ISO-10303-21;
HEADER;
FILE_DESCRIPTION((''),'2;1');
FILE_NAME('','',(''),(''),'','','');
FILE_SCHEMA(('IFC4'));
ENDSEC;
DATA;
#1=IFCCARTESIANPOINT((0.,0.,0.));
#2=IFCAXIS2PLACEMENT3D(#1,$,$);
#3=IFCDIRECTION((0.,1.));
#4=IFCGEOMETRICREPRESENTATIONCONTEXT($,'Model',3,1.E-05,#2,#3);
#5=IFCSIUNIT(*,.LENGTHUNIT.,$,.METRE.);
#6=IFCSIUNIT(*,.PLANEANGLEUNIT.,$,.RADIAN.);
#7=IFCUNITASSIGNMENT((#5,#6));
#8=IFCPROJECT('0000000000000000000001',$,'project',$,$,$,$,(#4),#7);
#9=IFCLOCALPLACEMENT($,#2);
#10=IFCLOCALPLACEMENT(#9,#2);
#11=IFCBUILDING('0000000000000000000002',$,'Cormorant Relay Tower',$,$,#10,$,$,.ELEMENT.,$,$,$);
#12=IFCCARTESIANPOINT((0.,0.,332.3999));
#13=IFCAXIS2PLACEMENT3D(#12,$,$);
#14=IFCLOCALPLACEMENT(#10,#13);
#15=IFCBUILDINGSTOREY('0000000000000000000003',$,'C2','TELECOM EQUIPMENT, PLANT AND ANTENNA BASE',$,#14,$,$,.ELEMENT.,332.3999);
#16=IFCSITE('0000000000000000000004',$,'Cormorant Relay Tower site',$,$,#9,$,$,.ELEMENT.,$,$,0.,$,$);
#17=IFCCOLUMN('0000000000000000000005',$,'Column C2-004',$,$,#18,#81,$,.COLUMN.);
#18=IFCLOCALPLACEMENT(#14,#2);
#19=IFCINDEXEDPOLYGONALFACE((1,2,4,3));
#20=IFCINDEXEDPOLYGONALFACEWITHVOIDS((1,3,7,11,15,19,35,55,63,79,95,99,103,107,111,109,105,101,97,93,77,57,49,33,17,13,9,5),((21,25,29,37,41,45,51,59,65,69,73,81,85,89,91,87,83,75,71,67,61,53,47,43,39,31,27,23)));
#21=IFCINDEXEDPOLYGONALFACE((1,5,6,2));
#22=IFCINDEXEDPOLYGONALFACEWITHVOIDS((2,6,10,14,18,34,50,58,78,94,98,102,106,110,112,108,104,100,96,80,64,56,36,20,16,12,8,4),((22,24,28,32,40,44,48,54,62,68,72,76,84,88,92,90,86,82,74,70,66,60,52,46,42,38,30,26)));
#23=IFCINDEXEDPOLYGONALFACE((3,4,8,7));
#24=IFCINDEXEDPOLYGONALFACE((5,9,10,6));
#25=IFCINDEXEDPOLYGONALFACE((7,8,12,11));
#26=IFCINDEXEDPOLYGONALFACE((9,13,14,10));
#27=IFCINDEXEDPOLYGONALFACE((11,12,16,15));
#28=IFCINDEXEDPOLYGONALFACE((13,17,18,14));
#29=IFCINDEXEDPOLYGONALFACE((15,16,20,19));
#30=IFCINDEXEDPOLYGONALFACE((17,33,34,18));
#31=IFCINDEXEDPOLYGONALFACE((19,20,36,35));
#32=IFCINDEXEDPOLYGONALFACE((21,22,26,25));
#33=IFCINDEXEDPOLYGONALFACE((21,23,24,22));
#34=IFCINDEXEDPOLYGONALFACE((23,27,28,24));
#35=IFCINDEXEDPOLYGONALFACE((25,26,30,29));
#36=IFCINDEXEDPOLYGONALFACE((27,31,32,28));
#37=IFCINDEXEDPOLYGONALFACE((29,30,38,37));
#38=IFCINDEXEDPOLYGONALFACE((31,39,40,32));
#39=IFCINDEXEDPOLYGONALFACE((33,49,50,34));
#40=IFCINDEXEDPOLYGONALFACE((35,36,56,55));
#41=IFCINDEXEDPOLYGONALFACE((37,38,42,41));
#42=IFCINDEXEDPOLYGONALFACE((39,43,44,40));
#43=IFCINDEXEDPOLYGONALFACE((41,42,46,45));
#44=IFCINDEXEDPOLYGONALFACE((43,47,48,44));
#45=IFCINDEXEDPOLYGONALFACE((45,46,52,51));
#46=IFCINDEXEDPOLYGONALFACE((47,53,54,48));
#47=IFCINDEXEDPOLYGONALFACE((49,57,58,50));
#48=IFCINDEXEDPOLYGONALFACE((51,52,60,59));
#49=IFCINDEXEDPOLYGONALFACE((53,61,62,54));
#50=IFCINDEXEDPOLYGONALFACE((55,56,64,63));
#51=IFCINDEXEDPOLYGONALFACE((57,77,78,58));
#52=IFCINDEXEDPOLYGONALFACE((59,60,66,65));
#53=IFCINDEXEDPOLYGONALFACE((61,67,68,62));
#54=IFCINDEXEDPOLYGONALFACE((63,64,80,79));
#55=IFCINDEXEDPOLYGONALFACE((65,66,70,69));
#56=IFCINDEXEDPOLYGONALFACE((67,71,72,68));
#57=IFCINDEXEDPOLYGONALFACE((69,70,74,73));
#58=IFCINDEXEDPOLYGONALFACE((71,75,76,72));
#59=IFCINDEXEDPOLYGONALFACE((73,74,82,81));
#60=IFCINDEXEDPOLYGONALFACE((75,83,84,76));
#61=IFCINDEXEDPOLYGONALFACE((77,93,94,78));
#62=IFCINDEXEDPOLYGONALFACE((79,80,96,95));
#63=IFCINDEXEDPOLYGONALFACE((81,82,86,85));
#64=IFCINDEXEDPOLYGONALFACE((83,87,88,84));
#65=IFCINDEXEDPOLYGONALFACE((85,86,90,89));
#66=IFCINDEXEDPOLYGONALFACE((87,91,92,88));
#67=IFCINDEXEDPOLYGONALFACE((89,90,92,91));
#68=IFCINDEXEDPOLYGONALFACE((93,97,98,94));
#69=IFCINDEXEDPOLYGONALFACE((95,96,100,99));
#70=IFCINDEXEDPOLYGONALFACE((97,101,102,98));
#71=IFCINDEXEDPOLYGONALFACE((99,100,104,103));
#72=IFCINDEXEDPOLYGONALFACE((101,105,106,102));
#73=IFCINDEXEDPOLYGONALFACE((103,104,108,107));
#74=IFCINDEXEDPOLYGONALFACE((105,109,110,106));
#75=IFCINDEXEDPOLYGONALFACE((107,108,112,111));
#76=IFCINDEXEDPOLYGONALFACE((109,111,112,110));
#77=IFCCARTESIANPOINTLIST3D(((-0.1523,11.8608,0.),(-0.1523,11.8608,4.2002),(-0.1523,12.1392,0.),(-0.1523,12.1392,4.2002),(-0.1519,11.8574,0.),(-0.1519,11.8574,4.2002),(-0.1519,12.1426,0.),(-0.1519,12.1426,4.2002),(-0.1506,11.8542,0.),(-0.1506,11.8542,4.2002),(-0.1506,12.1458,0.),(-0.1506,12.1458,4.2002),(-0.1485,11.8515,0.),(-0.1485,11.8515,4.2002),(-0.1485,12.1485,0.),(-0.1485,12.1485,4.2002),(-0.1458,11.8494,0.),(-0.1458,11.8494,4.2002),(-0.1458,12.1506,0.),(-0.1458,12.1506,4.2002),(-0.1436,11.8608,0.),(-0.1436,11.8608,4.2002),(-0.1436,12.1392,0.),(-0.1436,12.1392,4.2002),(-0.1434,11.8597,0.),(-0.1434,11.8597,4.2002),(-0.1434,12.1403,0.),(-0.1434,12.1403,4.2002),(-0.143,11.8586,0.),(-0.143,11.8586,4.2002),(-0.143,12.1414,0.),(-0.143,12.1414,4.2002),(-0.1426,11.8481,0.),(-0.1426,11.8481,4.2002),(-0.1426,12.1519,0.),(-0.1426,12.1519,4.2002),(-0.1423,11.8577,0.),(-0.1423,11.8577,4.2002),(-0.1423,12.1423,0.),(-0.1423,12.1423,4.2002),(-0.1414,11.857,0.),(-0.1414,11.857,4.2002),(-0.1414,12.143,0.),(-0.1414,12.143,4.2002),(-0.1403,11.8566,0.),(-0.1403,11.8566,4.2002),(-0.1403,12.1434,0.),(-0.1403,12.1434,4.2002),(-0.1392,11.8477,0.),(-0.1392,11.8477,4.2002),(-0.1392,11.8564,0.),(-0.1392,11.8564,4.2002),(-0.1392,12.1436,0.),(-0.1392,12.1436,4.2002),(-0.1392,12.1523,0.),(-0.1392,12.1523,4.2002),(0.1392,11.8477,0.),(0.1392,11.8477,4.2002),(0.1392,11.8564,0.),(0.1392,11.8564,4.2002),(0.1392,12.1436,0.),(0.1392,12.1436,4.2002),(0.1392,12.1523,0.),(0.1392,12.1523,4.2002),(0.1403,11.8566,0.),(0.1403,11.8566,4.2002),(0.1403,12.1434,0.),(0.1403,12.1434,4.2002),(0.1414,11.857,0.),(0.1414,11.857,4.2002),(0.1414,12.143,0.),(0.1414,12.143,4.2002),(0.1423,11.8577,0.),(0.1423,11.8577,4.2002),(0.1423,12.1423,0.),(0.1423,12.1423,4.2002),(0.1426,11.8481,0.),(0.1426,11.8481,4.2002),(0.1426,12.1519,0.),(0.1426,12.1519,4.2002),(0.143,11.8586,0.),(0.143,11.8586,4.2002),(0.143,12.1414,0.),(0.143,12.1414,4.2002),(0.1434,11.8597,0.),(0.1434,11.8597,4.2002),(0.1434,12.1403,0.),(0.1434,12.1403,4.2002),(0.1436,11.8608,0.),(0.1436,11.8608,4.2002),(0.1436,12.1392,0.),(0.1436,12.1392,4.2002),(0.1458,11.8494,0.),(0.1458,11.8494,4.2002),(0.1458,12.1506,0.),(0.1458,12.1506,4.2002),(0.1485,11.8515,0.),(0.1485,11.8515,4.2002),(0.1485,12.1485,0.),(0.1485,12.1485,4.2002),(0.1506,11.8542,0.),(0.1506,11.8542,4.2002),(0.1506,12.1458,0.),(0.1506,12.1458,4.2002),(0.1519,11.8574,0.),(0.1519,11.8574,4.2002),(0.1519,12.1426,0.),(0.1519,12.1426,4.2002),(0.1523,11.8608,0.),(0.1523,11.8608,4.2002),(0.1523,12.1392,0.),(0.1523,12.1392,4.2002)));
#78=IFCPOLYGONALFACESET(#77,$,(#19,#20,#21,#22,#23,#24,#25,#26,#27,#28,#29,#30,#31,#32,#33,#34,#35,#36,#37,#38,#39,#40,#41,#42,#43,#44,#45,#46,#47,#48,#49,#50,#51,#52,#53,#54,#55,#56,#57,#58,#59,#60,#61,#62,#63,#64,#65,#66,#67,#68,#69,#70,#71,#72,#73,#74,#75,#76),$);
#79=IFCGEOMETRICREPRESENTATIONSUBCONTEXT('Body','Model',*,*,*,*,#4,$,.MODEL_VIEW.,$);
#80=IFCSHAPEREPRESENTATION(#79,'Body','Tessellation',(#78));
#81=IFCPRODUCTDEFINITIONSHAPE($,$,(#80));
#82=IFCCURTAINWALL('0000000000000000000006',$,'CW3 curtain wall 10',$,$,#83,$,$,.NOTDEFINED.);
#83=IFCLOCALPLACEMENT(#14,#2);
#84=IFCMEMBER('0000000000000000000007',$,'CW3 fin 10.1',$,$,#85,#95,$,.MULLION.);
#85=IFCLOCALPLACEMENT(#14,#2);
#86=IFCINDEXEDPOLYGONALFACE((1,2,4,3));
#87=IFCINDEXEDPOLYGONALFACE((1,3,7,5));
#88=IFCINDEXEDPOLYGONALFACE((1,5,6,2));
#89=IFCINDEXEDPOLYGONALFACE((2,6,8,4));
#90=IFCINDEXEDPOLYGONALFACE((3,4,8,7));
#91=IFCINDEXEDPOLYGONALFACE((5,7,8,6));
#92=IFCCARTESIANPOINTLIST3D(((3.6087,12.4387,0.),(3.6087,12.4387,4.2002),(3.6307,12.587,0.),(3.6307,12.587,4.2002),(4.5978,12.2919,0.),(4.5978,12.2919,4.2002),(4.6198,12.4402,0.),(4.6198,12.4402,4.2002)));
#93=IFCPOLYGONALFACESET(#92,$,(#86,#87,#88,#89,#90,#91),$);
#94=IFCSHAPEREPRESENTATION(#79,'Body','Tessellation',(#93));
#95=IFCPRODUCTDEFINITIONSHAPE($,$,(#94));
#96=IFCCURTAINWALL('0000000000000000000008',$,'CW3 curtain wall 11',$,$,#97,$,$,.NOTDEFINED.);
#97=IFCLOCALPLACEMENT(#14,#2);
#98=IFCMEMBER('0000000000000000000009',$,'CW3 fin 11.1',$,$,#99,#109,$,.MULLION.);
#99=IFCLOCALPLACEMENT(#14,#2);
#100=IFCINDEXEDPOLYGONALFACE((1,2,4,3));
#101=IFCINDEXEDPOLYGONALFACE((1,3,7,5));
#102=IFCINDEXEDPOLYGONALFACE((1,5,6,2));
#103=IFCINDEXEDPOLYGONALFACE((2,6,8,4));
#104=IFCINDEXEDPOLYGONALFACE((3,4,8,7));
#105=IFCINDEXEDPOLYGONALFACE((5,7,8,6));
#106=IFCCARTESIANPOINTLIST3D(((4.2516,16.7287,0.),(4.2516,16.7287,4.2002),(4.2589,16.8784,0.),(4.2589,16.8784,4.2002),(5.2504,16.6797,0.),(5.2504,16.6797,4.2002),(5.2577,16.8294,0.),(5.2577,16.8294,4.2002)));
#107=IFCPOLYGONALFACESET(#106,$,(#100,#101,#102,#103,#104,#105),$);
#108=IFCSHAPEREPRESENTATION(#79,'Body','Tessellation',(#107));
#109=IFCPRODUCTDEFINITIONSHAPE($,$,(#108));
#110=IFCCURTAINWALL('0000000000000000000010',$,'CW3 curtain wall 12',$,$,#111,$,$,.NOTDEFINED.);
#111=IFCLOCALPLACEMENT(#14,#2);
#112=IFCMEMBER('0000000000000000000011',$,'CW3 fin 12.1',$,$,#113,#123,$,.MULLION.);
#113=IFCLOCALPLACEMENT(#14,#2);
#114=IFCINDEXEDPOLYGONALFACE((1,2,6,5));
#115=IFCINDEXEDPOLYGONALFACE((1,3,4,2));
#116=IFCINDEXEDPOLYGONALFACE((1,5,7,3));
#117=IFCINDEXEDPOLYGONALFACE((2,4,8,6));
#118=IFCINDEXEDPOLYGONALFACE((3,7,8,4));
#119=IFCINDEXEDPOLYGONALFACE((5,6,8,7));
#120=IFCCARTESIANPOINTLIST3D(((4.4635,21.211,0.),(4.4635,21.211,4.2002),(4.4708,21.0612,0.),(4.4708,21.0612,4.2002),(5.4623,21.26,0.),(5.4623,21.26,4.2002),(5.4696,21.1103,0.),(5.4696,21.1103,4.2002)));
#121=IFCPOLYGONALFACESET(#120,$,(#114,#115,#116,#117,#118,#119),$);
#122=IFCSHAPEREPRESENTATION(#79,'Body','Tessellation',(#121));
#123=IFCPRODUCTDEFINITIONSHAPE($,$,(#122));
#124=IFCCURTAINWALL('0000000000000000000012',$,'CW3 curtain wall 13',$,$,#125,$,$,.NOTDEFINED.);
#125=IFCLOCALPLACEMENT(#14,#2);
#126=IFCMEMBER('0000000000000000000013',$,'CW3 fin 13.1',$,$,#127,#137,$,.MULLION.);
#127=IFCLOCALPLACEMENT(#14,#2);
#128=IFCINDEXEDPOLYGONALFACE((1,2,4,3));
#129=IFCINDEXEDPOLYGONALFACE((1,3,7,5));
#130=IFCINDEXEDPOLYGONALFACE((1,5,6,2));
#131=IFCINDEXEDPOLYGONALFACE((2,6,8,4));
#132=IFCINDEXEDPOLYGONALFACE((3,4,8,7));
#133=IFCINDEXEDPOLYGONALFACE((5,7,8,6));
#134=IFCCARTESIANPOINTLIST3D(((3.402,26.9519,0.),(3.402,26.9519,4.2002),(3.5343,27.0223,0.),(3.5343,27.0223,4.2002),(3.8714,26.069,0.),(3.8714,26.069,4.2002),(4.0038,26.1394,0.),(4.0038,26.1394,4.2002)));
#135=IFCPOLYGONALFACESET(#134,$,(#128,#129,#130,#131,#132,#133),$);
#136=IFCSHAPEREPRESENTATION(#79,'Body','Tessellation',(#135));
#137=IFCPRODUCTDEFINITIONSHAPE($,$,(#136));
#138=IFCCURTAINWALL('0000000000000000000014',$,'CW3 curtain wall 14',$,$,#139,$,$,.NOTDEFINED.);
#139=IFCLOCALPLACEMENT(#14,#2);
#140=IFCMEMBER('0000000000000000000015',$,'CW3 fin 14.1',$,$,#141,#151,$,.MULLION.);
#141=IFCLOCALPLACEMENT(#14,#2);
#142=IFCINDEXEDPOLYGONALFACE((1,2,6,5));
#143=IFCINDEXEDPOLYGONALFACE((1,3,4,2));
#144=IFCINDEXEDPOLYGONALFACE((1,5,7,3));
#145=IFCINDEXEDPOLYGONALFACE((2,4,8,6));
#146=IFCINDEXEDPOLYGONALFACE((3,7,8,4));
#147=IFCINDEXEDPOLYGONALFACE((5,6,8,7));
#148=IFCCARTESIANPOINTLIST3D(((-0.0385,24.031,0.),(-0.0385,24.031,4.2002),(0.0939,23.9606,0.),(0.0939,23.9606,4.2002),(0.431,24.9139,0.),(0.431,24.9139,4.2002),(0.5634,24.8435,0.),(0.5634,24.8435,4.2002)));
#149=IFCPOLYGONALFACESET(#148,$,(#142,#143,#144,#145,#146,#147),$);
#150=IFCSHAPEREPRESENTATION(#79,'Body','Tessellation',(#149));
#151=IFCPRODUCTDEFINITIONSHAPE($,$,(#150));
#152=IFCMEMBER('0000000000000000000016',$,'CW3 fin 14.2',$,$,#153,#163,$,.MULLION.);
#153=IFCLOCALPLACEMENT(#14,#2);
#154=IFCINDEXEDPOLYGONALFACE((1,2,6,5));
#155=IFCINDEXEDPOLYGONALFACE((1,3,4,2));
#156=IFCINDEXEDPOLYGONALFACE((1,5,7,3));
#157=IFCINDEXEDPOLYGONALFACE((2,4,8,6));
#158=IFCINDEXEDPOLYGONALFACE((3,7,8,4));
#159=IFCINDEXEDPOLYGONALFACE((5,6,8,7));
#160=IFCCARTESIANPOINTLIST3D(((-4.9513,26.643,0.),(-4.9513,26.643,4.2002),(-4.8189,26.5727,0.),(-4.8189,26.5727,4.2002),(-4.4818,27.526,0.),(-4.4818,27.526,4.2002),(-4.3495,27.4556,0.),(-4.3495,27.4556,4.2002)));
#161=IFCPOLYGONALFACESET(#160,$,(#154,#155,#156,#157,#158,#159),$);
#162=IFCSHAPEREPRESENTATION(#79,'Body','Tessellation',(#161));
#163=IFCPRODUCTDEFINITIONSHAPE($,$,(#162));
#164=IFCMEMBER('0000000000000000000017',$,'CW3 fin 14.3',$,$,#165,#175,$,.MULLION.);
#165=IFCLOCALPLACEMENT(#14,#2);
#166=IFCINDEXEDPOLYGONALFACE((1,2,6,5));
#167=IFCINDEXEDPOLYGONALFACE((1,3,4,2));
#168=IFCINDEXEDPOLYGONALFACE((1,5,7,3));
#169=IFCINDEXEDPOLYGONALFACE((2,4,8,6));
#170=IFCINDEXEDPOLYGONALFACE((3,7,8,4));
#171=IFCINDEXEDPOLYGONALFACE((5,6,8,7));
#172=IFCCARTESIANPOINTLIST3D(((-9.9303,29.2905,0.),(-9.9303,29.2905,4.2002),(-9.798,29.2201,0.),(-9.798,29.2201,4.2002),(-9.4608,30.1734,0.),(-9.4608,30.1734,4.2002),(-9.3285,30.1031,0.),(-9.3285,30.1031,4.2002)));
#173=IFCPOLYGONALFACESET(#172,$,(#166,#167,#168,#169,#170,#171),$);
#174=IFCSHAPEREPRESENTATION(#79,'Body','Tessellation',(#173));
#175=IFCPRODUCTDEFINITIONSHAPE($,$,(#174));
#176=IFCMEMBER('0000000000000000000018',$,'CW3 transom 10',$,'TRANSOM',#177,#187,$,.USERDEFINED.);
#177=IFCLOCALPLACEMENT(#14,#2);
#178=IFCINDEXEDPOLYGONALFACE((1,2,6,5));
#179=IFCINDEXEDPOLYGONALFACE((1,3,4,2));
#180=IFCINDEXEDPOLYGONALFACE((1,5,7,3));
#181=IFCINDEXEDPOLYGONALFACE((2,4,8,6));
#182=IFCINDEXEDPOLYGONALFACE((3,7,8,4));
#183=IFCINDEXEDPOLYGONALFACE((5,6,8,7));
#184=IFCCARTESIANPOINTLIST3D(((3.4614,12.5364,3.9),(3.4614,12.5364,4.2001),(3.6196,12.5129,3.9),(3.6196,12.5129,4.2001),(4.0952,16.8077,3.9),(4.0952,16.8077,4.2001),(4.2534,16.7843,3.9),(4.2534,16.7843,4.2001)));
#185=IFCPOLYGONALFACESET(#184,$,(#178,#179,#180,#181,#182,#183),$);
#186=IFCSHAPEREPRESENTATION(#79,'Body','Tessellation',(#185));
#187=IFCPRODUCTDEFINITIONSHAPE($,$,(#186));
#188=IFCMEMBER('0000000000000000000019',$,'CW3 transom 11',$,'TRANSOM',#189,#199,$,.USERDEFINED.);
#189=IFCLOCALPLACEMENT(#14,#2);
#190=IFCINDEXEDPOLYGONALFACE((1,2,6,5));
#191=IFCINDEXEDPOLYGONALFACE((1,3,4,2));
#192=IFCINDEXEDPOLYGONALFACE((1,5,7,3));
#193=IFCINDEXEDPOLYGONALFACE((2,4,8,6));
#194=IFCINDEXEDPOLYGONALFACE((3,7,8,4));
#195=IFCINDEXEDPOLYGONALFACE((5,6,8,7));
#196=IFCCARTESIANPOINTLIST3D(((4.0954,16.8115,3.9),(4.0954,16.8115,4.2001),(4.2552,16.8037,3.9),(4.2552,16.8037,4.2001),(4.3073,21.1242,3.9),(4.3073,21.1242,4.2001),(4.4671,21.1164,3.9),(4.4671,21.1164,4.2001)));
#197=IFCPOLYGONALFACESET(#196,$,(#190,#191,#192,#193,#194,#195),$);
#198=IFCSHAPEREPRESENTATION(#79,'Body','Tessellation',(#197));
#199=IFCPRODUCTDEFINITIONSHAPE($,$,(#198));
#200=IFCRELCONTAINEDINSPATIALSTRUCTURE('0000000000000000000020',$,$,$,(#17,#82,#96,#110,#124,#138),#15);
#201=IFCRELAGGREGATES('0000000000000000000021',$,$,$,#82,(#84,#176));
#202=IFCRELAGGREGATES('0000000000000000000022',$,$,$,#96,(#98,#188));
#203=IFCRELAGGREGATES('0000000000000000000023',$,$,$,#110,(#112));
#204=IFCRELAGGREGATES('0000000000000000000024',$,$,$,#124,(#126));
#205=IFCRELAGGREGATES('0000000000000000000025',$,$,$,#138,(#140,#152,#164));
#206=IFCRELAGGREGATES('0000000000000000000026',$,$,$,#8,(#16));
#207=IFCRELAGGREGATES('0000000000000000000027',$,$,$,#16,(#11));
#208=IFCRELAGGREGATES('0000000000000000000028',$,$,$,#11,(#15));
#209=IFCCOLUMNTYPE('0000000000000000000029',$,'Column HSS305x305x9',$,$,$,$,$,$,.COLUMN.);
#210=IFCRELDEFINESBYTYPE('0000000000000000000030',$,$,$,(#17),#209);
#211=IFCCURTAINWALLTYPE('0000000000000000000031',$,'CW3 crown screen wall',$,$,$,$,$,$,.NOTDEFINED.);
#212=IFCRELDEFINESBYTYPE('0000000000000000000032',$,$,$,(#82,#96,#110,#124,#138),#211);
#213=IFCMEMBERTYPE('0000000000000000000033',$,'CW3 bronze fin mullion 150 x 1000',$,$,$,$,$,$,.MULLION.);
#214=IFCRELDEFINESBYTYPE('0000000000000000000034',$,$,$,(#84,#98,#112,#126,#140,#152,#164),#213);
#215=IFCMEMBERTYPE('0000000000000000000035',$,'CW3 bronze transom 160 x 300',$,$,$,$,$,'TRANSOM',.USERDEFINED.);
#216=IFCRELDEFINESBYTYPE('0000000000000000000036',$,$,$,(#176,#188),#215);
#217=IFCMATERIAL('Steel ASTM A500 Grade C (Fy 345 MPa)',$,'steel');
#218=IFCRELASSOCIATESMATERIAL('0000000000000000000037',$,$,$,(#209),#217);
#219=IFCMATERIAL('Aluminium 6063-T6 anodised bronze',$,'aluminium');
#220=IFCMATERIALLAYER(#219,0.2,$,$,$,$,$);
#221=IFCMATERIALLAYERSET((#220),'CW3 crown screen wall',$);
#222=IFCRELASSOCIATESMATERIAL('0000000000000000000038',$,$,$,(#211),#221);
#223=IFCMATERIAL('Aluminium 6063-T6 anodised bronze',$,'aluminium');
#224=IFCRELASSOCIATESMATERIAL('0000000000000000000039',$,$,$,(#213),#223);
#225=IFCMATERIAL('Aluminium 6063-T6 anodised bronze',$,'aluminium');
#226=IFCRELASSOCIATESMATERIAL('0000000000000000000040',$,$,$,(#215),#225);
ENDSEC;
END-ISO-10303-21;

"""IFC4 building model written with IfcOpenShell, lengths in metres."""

from ifc_helpers import new_model, si_unit, direction, frame, origin, origin_2d, place, context, subcontext, project, spatial, rectangle, hollow_rectangle, extrude, material, layer, layer_set, material_profile, profile_set, type_object, element, aggregate, save


model = new_model("IFC4")

# Units and contexts
model_context = context("Model", 3, precision=1e-05, world=origin(), true_north=direction((0.0, 1.0)))
body_context = subcontext(model_context, "Body", "Model", "MODEL_VIEW")
ifc_project = project(units=[si_unit("LENGTHUNIT", "METRE"), si_unit("PLANEANGLEUNIT", "RADIAN")], contexts=[model_context])

# Site, building, storey
site_placement = place(None, origin())
site = spatial("IfcSite", under=ifc_project, at=site_placement, Name="Cormorant Relay Tower site", CompositionType="ELEMENT", RefElevation=0.0)
building_placement = place(site_placement, origin())
building = spatial("IfcBuilding", under=site, at=building_placement, Name="Cormorant Relay Tower", CompositionType="ELEMENT")
storey_placement = place(building_placement, frame((0.0, 0.0, 332.3999)))
storey = spatial("IfcBuildingStorey", under=building, at=storey_placement, Name="C2", Description="TELECOM EQUIPMENT, PLANT AND ANTENNA BASE", CompositionType="ELEMENT", Elevation=332.3999)

# Column
ifc_material_1 = material(Name="Steel ASTM A500 Grade C (Fy 345 MPa)", Category="steel")
ifc_material_profile_1 = material_profile(ifc_material_1, hollow_rectangle(XDim=0.3047, YDim=0.3047, WallThickness=0.0088, InnerFilletRadius=0.0044, OuterFilletRadius=0.0132, at=origin_2d()), Name="HSS305x305x9")
ifc_profile_set_1 = profile_set([ifc_material_profile_1], Name="Steel ASTM A500 Grade C (Fy 345 MPa)")
column_type = type_object("IfcColumnType", Name="Column HSS305x305x9", PredefinedType="COLUMN", material=ifc_profile_set_1)
column_placement = place(storey_placement, frame((0.0, 12.0, 0.0), z_axis=(0.0, 0.0, 1.0), x_axis=(1.0, 0.0, 0.0)))
element("IfcColumn", 1, at=column_placement, inside=storey, type_object=column_type, Name="Column C2-004", PredefinedType="COLUMN", context=body_context, shape_type="SweptSolid", body=[
    extrude(hollow_rectangle(XDim=0.3047, YDim=0.3047, WallThickness=0.0088, InnerFilletRadius=0.0044, OuterFilletRadius=0.0132, at=origin_2d()), origin(), (0.0, 0.0, 1.0), 4.2002),
])

# Curtain walls, members
ifc_material_2 = material(Name="Aluminium 6063-T6 anodised bronze", Category="aluminium")
ifc_layer_1 = layer(ifc_material_2, 0.2)
ifc_layer_set_1 = layer_set([ifc_layer_1], Name="CW3 crown screen wall")
curtain_wall_type = type_object("IfcCurtainWallType", Name="CW3 crown screen wall", PredefinedType="NOTDEFINED", material=ifc_layer_set_1)
curtain_wall_1_placement = place(storey_placement, origin())
curtain_wall_1 = element("IfcCurtainWall", 2, at=curtain_wall_1_placement, inside=storey, type_object=curtain_wall_type, Name="CW3 curtain wall 10", PredefinedType="NOTDEFINED")
ifc_material_3 = material(Name="Aluminium 6063-T6 anodised bronze", Category="aluminium")
ifc_material_profile_2 = material_profile(ifc_material_3, rectangle(XDim=0.1499, YDim=1.0, at=origin_2d()), Name="AL 150x1000")
ifc_profile_set_2 = profile_set([ifc_material_profile_2], Name="Aluminium 6063-T6 anodised bronze")
member_type_1 = type_object("IfcMemberType", Name="CW3 bronze fin mullion 150 x 1000", PredefinedType="MULLION", material=ifc_profile_set_2)
member_1_placement = place(storey_placement, frame((4.1143, 12.4395, 0.0), z_axis=(0.0, 0.0, 1.0), x_axis=(0.14673, 0.989177, 0.0)))
member_1 = element("IfcMember", 3, at=member_1_placement, type_object=member_type_1, Name="CW3 fin 10.1", PredefinedType="MULLION", context=body_context, shape_type="SweptSolid", body=[
    extrude(rectangle(XDim=0.1499, YDim=1.0, at=origin_2d()), origin(), (0.0, 0.0, 1.0), 4.2002),
])
curtain_wall_2_placement = place(storey_placement, origin())
curtain_wall_2 = element("IfcCurtainWall", 4, at=curtain_wall_2_placement, inside=storey, type_object=curtain_wall_type, Name="CW3 curtain wall 11", PredefinedType="NOTDEFINED")
member_2_placement = place(storey_placement, frame((4.7546, 16.7791, 0.0), z_axis=(0.0, 0.0, 1.0), x_axis=(0.049068, 0.998795, 0.0)))
member_2 = element("IfcMember", 5, at=member_2_placement, type_object=member_type_1, Name="CW3 fin 11.1", PredefinedType="MULLION", context=body_context, shape_type="SweptSolid", body=[
    extrude(rectangle(XDim=0.1499, YDim=1.0, at=origin_2d()), origin(), (0.0, 0.0, 1.0), 4.2002),
])
curtain_wall_3_placement = place(storey_placement, origin())
curtain_wall_3 = element("IfcCurtainWall", 6, at=curtain_wall_3_placement, inside=storey, type_object=curtain_wall_type, Name="CW3 curtain wall 12", PredefinedType="NOTDEFINED")
member_3_placement = place(storey_placement, frame((4.9666, 21.1606, 0.0), z_axis=(0.0, 0.0, 1.0), x_axis=(-0.049068, 0.998795, 0.0)))
member_3 = element("IfcMember", 7, at=member_3_placement, type_object=member_type_1, Name="CW3 fin 12.1", PredefinedType="MULLION", context=body_context, shape_type="SweptSolid", body=[
    extrude(rectangle(XDim=0.1499, YDim=1.0, at=origin_2d()), origin(), (0.0, 0.0, 1.0), 4.2002),
])
curtain_wall_4_placement = place(storey_placement, origin())
curtain_wall_4 = element("IfcCurtainWall", 8, at=curtain_wall_4_placement, inside=storey, type_object=curtain_wall_type, Name="CW3 curtain wall 13", PredefinedType="NOTDEFINED")
member_4_placement = place(storey_placement, frame((3.7029, 26.5457, 0.0), z_axis=(0.0, 0.0, 1.0), x_axis=(-0.882948, -0.469472, 0.0)))
member_4 = element("IfcMember", 9, at=member_4_placement, type_object=member_type_1, Name="CW3 fin 13.1", PredefinedType="MULLION", context=body_context, shape_type="SweptSolid", body=[
    extrude(rectangle(XDim=0.1499, YDim=1.0, at=origin_2d()), origin(), (0.0, 0.0, 1.0), 4.2002),
])

# Curtain wall, members
curtain_wall_5_placement = place(storey_placement, origin())
curtain_wall_5 = element("IfcCurtainWall", 10, at=curtain_wall_5_placement, inside=storey, type_object=curtain_wall_type, Name="CW3 curtain wall 14", PredefinedType="NOTDEFINED")
member_5_placement = place(storey_placement, frame((0.2625, 24.4373, 0.0), z_axis=(0.0, 0.0, 1.0), x_axis=(-0.882948, 0.469472, 0.0)))
member_5 = element("IfcMember", 11, at=member_5_placement, type_object=member_type_1, Name="CW3 fin 14.1", PredefinedType="MULLION", context=body_context, shape_type="SweptSolid", body=[
    extrude(rectangle(XDim=0.1499, YDim=1.0, at=origin_2d()), origin(), (0.0, 0.0, 1.0), 4.2002),
])
member_6_placement = place(storey_placement, frame((-4.6504, 27.0493, 0.0), z_axis=(0.0, 0.0, 1.0), x_axis=(-0.882948, 0.469472, 0.0)))
member_6 = element("IfcMember", 12, at=member_6_placement, type_object=member_type_1, Name="CW3 fin 14.2", PredefinedType="MULLION", context=body_context, shape_type="SweptSolid", body=[
    extrude(rectangle(XDim=0.1499, YDim=1.0, at=origin_2d()), origin(), (0.0, 0.0, 1.0), 4.2002),
])
member_7_placement = place(storey_placement, frame((-9.6294, 29.6968, 0.0), z_axis=(0.0, 0.0, 1.0), x_axis=(-0.882948, 0.469472, 0.0)))
member_7 = element("IfcMember", 13, at=member_7_placement, type_object=member_type_1, Name="CW3 fin 14.3", PredefinedType="MULLION", context=body_context, shape_type="SweptSolid", body=[
    extrude(rectangle(XDim=0.1499, YDim=1.0, at=origin_2d()), origin(), (0.0, 0.0, 1.0), 4.2002),
])

# Members
ifc_material_4 = material(Name="Aluminium 6063-T6 anodised bronze", Category="aluminium")
ifc_material_profile_3 = material_profile(ifc_material_4, rectangle(XDim=0.1599, YDim=0.3, at=origin_2d()), Name="AL 160x300")
ifc_profile_set_3 = profile_set([ifc_material_profile_3], Name="Aluminium 6063-T6 anodised bronze")
member_type_2 = type_object("IfcMemberType", Name="CW3 bronze transom 160 x 300", ElementType="TRANSOM", PredefinedType="USERDEFINED", material=ifc_profile_set_3)
member_8_placement = place(storey_placement, frame((3.5405, 12.5247, 4.05), z_axis=(0.146778, 0.989169, 0.0), x_axis=(-0.989169, 0.146778, 0.0)))
member_8 = element("IfcMember", 14, at=member_8_placement, type_object=member_type_2, Name="CW3 transom 10", ObjectType="TRANSOM", PredefinedType="USERDEFINED", context=body_context, shape_type="SweptSolid", body=[
    extrude(rectangle(XDim=0.1599, YDim=0.3, at=origin_2d()), origin(), (0.0, 0.0, 1.0), 4.3181),
])
member_9_placement = place(storey_placement, frame((4.1753, 16.8076, 4.05), z_axis=(0.049077, 0.998795, 0.0), x_axis=(-0.998795, 0.049077, 0.0)))
member_9 = element("IfcMember", 15, at=member_9_placement, type_object=member_type_2, Name="CW3 transom 11", ObjectType="TRANSOM", PredefinedType="USERDEFINED", context=body_context, shape_type="SweptSolid", body=[
    extrude(rectangle(XDim=0.1599, YDim=0.3, at=origin_2d()), origin(), (0.0, 0.0, 1.0), 4.3179),
])

aggregate(curtain_wall_1, [member_1, member_8])
aggregate(curtain_wall_2, [member_2, member_9])
aggregate(curtain_wall_3, [member_3])
aggregate(curtain_wall_4, [member_4])
aggregate(curtain_wall_5, [member_5, member_6, member_7])

save(model, "model.ifc")
